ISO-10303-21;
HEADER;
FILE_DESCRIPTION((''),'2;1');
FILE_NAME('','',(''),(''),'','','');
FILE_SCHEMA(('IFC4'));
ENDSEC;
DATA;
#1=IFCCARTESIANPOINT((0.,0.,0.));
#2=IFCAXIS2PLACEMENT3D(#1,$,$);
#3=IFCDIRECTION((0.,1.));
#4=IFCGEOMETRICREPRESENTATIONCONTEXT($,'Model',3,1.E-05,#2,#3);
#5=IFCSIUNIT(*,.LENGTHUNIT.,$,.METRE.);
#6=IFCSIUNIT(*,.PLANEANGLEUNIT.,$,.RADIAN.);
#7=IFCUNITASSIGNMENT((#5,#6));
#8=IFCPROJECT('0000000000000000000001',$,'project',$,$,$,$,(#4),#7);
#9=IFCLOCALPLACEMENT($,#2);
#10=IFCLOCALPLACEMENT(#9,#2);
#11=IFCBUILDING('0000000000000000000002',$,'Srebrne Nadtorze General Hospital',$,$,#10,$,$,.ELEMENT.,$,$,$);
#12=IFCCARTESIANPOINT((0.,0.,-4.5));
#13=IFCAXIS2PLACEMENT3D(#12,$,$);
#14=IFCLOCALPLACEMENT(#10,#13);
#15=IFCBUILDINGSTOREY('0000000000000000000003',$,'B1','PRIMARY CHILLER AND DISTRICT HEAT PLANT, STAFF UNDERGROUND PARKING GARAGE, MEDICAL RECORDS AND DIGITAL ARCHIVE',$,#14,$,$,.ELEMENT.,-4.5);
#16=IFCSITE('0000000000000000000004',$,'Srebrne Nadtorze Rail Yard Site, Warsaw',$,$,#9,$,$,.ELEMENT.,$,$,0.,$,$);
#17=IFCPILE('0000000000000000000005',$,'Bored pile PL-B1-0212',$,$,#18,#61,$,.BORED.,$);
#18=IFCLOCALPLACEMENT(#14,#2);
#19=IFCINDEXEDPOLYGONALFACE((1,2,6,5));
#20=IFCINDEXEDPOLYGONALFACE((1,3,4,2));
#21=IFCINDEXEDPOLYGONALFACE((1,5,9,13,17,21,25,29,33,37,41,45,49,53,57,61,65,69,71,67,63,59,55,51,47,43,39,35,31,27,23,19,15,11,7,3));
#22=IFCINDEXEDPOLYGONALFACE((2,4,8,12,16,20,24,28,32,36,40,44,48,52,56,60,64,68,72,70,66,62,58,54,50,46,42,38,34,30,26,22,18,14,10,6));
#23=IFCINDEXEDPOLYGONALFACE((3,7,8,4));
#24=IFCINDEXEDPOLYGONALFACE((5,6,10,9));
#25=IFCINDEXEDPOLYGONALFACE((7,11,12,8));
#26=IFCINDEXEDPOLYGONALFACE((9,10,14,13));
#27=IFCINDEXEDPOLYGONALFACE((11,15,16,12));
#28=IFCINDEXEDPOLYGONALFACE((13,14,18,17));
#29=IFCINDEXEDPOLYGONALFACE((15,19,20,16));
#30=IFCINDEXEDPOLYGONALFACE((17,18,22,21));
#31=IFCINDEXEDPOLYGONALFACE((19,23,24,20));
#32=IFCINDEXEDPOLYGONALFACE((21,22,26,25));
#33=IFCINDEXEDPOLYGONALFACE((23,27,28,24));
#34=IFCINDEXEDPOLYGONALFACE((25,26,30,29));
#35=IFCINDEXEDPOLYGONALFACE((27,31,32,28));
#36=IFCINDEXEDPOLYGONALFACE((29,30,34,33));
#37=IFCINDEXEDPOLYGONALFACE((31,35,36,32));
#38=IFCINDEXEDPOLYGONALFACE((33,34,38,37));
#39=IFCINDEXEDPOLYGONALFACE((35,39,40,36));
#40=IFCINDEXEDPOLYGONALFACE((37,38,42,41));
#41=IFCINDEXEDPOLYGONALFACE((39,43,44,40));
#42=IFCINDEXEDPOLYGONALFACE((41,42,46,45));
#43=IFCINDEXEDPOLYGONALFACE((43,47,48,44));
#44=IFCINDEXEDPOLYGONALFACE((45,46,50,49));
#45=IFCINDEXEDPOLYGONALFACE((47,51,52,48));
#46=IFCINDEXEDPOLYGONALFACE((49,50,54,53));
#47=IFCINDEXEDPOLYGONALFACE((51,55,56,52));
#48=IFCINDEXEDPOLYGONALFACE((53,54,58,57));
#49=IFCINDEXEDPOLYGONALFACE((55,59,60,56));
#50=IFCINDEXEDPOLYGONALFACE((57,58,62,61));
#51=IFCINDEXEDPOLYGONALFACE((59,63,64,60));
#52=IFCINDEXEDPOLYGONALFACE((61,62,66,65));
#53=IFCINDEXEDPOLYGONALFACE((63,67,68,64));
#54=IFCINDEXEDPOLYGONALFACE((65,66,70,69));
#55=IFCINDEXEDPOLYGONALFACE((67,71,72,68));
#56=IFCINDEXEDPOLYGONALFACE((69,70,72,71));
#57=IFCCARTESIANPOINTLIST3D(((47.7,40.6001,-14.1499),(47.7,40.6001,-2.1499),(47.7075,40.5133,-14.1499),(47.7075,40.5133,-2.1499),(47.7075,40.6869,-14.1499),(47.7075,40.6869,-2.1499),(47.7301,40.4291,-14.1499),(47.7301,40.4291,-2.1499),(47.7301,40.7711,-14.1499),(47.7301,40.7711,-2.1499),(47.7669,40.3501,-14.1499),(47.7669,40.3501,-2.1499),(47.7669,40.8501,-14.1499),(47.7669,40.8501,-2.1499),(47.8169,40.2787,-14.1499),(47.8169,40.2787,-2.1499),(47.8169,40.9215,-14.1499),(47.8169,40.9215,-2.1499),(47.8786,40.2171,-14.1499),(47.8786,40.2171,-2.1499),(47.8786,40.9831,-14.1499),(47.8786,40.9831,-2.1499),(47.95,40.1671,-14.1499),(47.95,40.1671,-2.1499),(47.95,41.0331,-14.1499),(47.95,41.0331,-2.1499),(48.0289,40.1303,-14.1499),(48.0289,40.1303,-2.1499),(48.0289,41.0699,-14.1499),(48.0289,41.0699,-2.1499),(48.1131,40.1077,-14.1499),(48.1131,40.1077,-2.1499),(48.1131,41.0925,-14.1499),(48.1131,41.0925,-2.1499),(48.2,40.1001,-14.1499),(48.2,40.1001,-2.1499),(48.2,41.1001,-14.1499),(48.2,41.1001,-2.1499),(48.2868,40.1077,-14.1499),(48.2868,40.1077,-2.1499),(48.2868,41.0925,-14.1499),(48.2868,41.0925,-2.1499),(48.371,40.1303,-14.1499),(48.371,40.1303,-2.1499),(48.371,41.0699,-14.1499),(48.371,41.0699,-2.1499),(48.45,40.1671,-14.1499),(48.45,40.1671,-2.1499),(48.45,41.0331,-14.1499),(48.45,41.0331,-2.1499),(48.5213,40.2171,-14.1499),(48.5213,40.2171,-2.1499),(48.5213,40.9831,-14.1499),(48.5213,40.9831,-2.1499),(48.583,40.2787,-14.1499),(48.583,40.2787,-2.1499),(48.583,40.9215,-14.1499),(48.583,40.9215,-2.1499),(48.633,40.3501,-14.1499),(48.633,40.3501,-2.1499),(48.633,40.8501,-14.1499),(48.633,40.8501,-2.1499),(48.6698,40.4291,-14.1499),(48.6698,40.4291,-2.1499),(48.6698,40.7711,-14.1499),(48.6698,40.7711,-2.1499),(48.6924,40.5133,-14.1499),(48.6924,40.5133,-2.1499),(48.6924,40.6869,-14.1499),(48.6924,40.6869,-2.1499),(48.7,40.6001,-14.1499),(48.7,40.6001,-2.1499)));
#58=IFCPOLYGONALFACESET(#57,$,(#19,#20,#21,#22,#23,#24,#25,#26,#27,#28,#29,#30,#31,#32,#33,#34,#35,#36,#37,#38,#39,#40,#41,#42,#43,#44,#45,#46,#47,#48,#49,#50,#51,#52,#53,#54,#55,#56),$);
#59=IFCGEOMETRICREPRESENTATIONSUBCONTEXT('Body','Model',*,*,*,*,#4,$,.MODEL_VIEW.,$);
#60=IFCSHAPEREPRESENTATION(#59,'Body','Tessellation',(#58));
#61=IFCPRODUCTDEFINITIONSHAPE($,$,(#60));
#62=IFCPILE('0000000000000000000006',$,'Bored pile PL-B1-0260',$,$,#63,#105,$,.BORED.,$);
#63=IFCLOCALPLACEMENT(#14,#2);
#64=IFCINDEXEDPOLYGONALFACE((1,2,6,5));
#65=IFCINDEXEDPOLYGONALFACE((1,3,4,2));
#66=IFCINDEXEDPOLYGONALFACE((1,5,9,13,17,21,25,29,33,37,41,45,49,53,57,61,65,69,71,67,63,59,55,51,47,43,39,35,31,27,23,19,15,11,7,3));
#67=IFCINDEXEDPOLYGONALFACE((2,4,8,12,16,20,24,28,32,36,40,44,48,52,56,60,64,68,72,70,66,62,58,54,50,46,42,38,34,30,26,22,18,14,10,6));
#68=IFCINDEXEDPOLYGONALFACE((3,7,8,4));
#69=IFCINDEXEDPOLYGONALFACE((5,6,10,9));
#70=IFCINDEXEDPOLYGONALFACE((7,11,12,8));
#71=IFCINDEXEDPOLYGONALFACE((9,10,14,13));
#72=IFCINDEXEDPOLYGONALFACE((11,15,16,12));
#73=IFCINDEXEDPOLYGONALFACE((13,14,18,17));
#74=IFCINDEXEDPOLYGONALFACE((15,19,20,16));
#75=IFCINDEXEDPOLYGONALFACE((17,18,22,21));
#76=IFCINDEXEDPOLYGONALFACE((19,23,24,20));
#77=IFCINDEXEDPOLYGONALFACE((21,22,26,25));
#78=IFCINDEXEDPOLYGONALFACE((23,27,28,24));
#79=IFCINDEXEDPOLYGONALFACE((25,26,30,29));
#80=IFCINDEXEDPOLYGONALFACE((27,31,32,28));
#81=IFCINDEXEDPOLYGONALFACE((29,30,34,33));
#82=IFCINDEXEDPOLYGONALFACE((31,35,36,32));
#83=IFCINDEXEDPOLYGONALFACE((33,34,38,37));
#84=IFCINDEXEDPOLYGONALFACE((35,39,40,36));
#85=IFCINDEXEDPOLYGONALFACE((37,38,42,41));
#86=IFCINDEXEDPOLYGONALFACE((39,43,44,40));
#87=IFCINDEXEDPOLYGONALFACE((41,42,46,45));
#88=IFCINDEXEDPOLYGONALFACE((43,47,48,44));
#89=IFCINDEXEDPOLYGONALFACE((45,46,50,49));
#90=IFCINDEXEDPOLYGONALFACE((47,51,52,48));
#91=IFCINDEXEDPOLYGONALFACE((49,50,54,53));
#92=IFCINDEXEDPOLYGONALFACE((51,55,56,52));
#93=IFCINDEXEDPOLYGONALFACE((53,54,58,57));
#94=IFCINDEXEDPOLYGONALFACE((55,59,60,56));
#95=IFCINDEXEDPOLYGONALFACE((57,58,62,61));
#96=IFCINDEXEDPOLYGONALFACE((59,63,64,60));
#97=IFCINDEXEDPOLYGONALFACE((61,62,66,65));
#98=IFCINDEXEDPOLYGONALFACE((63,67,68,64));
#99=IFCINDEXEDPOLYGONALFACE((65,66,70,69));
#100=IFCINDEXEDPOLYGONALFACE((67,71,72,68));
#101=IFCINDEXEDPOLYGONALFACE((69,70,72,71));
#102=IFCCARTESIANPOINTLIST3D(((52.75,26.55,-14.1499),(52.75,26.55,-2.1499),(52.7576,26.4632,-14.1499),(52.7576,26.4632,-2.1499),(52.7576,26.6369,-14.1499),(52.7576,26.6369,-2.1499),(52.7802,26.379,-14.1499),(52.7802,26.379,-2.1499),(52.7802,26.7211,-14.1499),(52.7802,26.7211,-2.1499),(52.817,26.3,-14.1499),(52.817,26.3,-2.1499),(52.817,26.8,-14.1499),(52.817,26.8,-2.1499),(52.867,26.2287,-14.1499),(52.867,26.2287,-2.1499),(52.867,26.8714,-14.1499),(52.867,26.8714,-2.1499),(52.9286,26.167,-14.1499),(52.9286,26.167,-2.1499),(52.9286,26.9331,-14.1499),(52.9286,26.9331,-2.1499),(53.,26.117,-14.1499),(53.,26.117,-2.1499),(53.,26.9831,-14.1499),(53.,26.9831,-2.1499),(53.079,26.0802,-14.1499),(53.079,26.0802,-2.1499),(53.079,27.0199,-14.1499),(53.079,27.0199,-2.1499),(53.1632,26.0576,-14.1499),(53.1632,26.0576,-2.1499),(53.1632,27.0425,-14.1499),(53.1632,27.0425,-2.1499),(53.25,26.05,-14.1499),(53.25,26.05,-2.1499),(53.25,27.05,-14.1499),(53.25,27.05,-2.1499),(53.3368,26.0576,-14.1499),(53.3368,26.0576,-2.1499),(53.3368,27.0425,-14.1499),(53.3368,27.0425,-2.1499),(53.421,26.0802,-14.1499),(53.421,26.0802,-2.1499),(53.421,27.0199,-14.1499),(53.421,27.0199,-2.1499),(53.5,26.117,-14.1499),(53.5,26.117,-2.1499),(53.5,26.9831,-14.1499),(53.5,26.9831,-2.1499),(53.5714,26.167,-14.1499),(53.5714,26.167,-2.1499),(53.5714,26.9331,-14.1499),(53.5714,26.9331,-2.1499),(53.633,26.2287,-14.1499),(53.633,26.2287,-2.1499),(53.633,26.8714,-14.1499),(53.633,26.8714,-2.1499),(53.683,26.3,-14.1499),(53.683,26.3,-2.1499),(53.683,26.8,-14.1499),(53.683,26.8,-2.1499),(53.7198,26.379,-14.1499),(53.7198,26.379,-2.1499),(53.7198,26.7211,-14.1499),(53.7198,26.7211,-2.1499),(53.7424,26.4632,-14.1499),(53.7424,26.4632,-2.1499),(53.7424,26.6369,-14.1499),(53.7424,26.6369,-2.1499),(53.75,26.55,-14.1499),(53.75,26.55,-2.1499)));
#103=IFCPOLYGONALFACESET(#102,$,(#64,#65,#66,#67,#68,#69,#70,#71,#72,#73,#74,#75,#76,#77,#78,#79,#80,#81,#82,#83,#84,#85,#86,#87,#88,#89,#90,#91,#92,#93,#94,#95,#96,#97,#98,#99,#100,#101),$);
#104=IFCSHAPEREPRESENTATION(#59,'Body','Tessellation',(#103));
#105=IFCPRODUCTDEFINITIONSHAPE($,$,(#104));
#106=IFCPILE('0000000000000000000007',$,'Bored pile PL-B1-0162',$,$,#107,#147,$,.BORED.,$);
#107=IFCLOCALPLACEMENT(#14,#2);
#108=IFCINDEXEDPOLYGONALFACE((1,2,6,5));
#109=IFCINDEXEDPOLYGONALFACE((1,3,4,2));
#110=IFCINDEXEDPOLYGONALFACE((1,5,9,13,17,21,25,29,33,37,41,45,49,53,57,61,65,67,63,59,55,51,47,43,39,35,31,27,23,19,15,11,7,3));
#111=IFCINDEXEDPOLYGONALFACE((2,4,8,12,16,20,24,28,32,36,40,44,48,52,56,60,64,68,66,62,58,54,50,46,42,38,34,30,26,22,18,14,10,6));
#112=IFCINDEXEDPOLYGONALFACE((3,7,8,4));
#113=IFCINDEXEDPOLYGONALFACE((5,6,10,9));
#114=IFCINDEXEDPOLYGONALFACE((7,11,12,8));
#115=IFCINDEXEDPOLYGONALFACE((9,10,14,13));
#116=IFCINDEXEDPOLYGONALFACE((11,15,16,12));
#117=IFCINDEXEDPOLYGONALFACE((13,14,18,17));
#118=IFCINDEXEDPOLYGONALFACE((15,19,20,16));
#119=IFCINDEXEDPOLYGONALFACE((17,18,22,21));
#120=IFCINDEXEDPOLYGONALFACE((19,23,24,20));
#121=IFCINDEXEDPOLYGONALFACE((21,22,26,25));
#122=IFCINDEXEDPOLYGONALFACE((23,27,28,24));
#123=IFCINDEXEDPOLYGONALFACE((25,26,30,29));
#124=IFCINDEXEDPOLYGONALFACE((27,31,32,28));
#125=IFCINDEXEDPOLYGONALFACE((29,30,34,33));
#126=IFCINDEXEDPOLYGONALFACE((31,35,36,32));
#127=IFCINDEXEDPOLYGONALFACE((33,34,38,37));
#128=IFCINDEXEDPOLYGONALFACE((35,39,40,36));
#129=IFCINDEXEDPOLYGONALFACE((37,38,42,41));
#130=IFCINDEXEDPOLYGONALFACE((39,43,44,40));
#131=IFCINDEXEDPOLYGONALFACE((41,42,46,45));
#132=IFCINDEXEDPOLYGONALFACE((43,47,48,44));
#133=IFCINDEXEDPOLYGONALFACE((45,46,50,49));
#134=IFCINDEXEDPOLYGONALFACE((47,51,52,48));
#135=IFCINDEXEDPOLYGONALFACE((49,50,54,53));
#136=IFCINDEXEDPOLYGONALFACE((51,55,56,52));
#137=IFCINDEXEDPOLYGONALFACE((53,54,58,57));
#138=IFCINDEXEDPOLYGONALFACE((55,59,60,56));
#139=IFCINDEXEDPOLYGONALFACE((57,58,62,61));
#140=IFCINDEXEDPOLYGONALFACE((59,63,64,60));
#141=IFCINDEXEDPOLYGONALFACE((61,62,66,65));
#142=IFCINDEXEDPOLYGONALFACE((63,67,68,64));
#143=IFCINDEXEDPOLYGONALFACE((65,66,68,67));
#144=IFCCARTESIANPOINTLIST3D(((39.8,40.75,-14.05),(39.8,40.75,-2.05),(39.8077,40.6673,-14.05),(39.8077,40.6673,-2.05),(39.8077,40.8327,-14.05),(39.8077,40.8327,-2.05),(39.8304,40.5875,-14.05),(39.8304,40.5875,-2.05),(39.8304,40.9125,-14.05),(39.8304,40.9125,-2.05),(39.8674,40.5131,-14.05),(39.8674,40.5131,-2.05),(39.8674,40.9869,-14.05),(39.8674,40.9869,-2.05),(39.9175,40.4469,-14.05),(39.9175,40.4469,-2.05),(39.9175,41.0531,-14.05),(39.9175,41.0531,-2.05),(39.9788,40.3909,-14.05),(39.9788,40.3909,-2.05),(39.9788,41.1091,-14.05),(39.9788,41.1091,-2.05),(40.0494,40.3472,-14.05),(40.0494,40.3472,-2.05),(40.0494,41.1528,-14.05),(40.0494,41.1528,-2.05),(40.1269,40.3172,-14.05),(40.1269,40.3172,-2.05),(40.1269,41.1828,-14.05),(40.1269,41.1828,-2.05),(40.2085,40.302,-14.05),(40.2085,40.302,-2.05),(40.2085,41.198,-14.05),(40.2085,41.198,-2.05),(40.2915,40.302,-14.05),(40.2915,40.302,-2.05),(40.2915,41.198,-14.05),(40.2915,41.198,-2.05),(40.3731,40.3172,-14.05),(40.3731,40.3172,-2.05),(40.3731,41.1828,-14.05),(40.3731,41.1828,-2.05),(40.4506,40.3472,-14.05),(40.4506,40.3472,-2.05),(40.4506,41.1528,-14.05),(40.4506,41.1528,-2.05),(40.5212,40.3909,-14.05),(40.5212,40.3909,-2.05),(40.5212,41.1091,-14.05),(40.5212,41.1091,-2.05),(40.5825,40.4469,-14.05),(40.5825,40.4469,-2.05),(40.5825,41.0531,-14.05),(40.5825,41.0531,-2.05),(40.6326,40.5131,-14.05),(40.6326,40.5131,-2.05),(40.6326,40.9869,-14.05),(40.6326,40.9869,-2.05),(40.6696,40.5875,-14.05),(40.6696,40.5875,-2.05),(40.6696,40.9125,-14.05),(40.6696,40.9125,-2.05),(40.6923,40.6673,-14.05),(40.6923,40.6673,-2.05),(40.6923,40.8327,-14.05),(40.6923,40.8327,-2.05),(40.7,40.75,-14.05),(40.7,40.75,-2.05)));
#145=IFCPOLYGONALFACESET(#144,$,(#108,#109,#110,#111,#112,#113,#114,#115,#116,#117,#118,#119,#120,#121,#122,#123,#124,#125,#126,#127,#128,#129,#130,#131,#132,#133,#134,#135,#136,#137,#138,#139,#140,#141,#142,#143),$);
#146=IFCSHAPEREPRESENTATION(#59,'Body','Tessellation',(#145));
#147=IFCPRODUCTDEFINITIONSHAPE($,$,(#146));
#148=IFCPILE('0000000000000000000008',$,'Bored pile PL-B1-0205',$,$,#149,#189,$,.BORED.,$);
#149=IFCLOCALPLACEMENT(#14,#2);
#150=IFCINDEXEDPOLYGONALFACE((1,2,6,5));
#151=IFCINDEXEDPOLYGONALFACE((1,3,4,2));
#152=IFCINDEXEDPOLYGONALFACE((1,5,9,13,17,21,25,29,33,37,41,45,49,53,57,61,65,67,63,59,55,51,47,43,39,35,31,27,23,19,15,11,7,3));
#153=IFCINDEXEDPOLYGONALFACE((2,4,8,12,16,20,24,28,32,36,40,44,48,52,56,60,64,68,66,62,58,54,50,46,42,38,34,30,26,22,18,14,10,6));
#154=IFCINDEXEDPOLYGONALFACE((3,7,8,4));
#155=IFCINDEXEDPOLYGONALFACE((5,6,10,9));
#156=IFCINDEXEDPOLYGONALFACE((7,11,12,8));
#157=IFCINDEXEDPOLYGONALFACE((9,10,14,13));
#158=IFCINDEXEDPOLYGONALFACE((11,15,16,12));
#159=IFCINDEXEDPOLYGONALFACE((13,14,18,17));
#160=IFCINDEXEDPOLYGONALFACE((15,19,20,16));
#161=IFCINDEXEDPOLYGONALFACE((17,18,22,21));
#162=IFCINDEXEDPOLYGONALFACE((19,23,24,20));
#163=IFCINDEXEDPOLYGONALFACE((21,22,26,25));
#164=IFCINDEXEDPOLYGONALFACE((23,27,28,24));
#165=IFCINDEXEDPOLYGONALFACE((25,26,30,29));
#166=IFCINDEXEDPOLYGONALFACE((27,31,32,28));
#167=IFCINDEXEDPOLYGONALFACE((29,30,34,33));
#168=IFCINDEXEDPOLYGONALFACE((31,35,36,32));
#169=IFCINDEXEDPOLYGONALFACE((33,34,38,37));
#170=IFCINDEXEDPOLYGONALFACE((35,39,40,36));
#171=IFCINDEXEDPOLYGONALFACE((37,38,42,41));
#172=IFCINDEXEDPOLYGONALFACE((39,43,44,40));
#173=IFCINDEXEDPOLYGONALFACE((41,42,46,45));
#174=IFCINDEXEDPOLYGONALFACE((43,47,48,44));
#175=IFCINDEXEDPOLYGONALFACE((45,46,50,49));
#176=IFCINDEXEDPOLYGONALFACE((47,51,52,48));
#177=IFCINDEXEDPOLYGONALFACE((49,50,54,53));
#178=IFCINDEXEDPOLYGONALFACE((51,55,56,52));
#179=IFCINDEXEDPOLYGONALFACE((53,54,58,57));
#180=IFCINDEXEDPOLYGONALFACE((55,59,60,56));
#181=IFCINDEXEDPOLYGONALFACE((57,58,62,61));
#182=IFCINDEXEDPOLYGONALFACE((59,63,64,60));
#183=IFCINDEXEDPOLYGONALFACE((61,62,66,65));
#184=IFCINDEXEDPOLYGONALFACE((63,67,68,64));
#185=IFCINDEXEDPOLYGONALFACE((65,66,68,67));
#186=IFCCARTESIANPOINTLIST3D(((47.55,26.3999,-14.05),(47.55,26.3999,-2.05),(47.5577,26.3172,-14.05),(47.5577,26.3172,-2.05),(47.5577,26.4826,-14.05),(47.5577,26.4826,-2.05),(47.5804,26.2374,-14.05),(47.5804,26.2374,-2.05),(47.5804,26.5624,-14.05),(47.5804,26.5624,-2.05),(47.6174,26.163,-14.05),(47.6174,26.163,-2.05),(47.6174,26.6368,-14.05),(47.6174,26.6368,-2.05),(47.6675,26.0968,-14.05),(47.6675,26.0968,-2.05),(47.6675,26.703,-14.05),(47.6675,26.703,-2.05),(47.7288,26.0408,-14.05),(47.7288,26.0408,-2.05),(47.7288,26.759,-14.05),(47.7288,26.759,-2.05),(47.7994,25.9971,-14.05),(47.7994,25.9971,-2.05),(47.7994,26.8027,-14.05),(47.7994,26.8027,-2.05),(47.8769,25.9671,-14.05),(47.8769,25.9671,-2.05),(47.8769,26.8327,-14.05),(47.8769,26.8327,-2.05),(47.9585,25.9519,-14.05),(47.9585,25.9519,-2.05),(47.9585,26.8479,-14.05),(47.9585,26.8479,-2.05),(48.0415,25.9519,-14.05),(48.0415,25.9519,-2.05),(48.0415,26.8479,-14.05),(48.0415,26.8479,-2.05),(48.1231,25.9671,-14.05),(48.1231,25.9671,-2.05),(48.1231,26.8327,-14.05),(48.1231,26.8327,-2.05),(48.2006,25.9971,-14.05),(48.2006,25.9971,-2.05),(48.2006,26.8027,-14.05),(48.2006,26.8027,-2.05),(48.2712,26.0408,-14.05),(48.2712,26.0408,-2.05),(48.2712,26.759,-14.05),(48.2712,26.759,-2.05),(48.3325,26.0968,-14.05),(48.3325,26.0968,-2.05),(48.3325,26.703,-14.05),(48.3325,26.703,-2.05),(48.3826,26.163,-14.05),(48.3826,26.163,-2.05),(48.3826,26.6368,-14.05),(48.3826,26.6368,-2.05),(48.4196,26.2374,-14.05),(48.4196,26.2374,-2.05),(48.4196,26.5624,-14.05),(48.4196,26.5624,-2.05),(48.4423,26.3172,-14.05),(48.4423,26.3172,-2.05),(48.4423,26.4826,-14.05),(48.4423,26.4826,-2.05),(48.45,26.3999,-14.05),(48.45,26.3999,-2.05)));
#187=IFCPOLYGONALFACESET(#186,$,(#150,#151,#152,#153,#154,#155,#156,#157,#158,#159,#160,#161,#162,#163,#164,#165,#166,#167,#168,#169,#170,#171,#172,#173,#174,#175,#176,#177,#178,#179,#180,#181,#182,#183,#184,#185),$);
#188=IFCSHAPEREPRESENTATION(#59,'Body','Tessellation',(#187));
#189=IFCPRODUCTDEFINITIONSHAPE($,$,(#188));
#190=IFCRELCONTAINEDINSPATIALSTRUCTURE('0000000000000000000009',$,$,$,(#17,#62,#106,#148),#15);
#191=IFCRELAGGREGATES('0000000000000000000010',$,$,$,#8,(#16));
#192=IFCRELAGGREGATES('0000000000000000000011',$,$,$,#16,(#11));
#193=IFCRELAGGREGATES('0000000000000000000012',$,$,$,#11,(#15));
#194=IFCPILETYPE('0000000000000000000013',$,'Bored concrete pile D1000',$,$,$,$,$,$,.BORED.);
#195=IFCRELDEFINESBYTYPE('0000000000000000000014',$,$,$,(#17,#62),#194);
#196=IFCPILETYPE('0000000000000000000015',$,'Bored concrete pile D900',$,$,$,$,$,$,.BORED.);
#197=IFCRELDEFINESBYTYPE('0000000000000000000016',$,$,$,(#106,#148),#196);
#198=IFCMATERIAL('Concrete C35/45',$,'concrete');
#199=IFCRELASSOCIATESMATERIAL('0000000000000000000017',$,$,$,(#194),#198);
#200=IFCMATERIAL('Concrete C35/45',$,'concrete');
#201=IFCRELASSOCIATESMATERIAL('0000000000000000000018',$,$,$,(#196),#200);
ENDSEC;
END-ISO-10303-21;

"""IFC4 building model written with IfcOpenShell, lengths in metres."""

from ifc_helpers import new_model, si_unit, direction, frame, origin, origin_2d, place, context, subcontext, project, spatial, circle, extrude, material, material_profile, profile_set, type_object, element, save


model = new_model("IFC4")

# Units and contexts
model_context = context("Model", 3, precision=1e-05, world=origin(), true_north=direction((0.0, 1.0)))
body_context = subcontext(model_context, "Body", "Model", "MODEL_VIEW")
ifc_project = project(units=[si_unit("LENGTHUNIT", "METRE"), si_unit("PLANEANGLEUNIT", "RADIAN")], contexts=[model_context])

# Site, building, storey
site_placement = place(None, origin())
site = spatial("IfcSite", under=ifc_project, at=site_placement, Name="Srebrne Nadtorze Rail Yard Site, Warsaw", CompositionType="ELEMENT", RefElevation=0.0)
building_placement = place(site_placement, origin())
building = spatial("IfcBuilding", under=site, at=building_placement, Name="Srebrne Nadtorze General Hospital", CompositionType="ELEMENT")
storey_placement = place(building_placement, frame((0.0, 0.0, -4.5)))
storey = spatial("IfcBuildingStorey", under=building, at=storey_placement, Name="B1", Description="PRIMARY CHILLER AND DISTRICT HEAT PLANT, STAFF UNDERGROUND PARKING GARAGE, MEDICAL RECORDS AND DIGITAL ARCHIVE", CompositionType="ELEMENT", Elevation=-4.5)

# Piles
ifc_material_1 = material(Name="Concrete C35/45", Category="concrete")
ifc_material_profile_1 = material_profile(ifc_material_1, circle(Radius=0.5, at=origin_2d()), Name="PILE-D1000")
ifc_profile_set_1 = profile_set([ifc_material_profile_1], Name="Concrete C35/45")
pile_type_1 = type_object("IfcPileType", Name="Bored concrete pile D1000", PredefinedType="BORED", material=ifc_profile_set_1)
for number, where, z_axis, x_axis, name in (
    (1, (48.2, 40.6001, -2.1499), (0.0, 0.0, -1.0), (1.0, 0.0, 0.0), "Bored pile PL-B1-0212"),
    (2, (53.25, 26.55, -2.1499), (0.0, 0.0, -1.0), (1.0, 0.0, 0.0), "Bored pile PL-B1-0260"),
):
    element("IfcPile", number, at=place(storey_placement, frame(where, z_axis=z_axis, x_axis=x_axis)), inside=storey, type_object=pile_type_1, Name=name, PredefinedType="BORED", context=body_context, shape_type="SweptSolid", body=[
        extrude(circle(Radius=0.5, at=origin_2d()), origin(), (0.0, 0.0, 1.0), 12.0),
    ])
ifc_material_2 = material(Name="Concrete C35/45", Category="concrete")
ifc_material_profile_2 = material_profile(ifc_material_2, circle(Radius=0.45, at=origin_2d()), Name="PILE-D900")
ifc_profile_set_2 = profile_set([ifc_material_profile_2], Name="Concrete C35/45")
pile_type_2 = type_object("IfcPileType", Name="Bored concrete pile D900", PredefinedType="BORED", material=ifc_profile_set_2)
for number, where, z_axis, x_axis, name in (
    (3, (40.25, 40.75, -2.05), (0.0, 0.0, -1.0), (1.0, 0.0, 0.0), "Bored pile PL-B1-0162"),
    (4, (48.0, 26.3999, -2.05), (0.0, 0.0, -1.0), (1.0, 0.0, 0.0), "Bored pile PL-B1-0205"),
):
    element("IfcPile", number, at=place(storey_placement, frame(where, z_axis=z_axis, x_axis=x_axis)), inside=storey, type_object=pile_type_2, Name=name, PredefinedType="BORED", context=body_context, shape_type="SweptSolid", body=[
        extrude(circle(Radius=0.45, at=origin_2d()), origin(), (0.0, 0.0, 1.0), 12.0),
    ])

save(model, "model.ifc")
